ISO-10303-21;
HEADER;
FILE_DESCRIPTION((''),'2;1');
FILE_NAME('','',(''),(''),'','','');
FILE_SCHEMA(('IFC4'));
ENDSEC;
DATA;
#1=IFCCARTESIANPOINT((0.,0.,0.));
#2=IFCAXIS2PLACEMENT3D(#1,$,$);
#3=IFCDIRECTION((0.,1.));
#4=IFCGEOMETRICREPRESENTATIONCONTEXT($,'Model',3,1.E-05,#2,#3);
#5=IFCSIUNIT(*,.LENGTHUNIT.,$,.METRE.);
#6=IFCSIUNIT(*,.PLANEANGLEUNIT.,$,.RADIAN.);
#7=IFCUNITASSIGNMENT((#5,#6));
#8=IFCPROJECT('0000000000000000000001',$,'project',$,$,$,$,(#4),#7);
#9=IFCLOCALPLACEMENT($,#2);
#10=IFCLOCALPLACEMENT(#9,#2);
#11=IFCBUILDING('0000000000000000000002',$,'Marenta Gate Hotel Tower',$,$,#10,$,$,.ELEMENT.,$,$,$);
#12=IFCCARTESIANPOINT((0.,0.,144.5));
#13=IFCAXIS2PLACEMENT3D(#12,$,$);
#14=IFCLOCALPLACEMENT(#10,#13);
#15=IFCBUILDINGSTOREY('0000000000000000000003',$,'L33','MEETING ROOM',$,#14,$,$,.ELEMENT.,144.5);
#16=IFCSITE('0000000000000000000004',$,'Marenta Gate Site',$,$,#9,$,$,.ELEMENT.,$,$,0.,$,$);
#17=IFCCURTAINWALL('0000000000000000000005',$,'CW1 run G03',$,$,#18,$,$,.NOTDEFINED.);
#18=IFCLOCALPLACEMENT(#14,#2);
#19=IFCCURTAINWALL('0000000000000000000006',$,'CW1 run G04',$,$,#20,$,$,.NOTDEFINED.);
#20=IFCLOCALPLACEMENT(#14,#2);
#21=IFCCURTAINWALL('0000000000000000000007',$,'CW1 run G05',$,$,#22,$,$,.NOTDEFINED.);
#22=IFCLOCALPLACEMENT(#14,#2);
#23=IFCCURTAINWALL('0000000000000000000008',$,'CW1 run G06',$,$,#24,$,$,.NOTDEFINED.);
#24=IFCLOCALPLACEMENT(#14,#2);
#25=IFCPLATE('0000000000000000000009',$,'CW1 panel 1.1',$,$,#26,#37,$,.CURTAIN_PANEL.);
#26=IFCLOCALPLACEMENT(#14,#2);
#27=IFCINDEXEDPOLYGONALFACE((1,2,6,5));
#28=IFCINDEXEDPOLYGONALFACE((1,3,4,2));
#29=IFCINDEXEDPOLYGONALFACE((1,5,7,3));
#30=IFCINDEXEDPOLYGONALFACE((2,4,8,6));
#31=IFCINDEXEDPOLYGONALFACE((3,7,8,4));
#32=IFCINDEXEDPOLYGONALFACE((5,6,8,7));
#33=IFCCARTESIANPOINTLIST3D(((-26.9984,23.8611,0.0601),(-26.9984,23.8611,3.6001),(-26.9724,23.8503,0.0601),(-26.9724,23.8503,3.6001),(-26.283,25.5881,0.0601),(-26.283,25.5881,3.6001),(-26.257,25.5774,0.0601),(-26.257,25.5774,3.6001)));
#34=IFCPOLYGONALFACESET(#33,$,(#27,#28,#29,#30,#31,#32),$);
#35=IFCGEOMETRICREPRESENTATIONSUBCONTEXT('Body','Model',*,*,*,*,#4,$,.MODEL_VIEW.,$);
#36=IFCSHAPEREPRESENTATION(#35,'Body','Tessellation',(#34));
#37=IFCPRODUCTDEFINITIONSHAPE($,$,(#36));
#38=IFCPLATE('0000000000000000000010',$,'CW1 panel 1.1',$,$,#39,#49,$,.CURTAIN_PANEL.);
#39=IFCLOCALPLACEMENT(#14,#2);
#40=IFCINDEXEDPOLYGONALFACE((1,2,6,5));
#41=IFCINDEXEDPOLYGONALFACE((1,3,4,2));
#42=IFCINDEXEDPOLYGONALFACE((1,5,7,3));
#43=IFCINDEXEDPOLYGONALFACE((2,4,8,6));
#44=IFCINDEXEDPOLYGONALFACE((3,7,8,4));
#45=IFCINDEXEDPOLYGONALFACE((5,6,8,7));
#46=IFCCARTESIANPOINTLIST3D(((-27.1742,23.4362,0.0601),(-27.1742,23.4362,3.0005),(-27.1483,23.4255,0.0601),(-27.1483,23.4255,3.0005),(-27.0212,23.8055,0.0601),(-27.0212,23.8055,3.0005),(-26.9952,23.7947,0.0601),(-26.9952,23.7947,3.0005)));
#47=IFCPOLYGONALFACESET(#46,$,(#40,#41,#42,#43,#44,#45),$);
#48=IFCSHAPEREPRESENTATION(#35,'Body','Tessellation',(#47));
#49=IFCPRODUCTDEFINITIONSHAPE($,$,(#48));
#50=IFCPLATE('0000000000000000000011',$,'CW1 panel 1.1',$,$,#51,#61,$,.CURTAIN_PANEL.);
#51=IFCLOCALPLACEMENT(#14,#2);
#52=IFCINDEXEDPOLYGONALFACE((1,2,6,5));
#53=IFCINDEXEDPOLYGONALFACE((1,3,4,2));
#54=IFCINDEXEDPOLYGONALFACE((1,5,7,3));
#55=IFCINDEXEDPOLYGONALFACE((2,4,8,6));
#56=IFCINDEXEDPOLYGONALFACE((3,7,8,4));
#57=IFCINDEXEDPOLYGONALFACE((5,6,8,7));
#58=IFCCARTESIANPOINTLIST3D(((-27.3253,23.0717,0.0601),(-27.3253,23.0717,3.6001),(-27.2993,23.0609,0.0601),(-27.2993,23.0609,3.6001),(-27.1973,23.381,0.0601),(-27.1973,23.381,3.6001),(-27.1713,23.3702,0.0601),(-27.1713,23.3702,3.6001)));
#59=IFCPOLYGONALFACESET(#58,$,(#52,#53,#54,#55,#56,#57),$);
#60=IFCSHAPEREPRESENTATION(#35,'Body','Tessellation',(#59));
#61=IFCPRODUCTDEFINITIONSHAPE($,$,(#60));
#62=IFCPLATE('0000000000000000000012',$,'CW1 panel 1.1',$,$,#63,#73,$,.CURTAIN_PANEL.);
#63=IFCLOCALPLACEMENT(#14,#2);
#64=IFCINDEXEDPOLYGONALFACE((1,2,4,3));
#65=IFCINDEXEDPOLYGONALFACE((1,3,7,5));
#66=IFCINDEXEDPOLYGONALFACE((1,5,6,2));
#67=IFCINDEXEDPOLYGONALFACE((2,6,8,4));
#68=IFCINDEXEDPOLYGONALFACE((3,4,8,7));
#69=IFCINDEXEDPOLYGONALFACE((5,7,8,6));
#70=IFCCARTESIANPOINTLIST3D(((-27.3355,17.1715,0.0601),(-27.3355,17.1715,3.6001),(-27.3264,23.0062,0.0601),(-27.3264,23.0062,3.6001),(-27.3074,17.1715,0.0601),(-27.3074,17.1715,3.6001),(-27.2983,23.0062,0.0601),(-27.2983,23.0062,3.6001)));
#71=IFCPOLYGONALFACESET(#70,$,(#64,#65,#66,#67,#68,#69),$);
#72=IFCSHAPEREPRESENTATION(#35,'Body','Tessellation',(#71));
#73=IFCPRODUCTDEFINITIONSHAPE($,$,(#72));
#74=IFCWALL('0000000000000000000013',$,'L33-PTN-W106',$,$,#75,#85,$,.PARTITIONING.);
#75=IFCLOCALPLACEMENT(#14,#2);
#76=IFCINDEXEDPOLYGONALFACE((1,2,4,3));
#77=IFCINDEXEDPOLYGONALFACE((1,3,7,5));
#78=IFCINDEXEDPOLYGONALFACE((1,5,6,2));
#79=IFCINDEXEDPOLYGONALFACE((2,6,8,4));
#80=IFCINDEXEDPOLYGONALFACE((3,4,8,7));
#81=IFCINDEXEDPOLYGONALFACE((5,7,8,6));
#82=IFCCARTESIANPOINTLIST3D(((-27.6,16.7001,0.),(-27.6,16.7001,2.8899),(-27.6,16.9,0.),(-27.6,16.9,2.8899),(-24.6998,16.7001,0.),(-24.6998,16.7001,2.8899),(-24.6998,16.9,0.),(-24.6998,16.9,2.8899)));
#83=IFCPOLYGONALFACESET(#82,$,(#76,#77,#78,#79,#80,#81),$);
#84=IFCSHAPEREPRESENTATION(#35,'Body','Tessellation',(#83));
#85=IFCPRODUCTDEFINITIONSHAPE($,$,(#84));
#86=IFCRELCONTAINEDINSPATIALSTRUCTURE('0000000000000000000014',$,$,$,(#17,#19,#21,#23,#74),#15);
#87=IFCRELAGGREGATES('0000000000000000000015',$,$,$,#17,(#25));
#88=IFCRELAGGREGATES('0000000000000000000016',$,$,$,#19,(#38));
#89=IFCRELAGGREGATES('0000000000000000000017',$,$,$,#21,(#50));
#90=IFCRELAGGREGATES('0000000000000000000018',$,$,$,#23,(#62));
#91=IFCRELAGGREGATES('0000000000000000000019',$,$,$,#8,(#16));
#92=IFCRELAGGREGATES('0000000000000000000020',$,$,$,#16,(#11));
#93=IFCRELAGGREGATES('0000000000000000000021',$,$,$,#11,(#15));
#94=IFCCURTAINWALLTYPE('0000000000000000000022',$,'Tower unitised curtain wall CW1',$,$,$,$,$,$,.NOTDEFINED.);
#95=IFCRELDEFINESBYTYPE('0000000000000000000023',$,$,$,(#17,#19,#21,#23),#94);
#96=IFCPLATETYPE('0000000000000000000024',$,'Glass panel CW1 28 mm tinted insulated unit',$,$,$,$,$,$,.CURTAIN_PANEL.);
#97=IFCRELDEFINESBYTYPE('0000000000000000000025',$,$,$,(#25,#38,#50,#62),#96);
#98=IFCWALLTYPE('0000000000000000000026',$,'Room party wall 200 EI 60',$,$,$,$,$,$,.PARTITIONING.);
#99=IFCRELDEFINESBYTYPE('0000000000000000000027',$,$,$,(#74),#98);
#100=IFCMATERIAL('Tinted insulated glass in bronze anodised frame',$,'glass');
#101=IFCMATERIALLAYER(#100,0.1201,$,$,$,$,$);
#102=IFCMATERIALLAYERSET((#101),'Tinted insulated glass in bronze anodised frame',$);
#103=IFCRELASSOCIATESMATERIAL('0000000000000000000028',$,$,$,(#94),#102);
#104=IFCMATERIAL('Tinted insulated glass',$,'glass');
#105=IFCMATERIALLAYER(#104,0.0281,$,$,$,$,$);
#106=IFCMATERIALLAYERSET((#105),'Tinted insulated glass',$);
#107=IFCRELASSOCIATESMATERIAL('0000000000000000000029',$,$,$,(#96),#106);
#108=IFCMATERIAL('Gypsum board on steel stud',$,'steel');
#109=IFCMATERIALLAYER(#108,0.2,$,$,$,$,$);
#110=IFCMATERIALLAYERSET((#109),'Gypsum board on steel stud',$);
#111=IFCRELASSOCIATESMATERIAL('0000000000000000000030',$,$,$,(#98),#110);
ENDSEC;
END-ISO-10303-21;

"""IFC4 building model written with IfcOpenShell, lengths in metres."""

from ifc_helpers import new_model, si_unit, direction, frame, frame_2d, origin, origin_2d, place, context, subcontext, project, spatial, rectangle, extrude, material, layer, layer_set, type_object, element, aggregate, save


model = new_model("IFC4")

# Units and contexts
model_context = context("Model", 3, precision=1e-05, world=origin(), true_north=direction((0.0, 1.0)))
body_context = subcontext(model_context, "Body", "Model", "MODEL_VIEW")
ifc_project = project(units=[si_unit("LENGTHUNIT", "METRE"), si_unit("PLANEANGLEUNIT", "RADIAN")], contexts=[model_context])

# Site, building, storey
site_placement = place(None, origin())
site = spatial("IfcSite", under=ifc_project, at=site_placement, Name="Marenta Gate Site", CompositionType="ELEMENT", RefElevation=0.0)
building_placement = place(site_placement, origin())
building = spatial("IfcBuilding", under=site, at=building_placement, Name="Marenta Gate Hotel Tower", CompositionType="ELEMENT")
storey_placement = place(building_placement, frame((0.0, 0.0, 144.5)))
storey = spatial("IfcBuildingStorey", under=building, at=storey_placement, Name="L33", Description="MEETING ROOM", CompositionType="ELEMENT", Elevation=144.5)

# Shared definitions
ifc_material_1 = material(Name="Tinted insulated glass in bronze anodised frame", Category="glass")
ifc_layer_1 = layer(ifc_material_1, 0.1201)
ifc_layer_set_1 = layer_set([ifc_layer_1], Name="Tinted insulated glass in bronze anodised frame")
curtain_wall_type = type_object("IfcCurtainWallType", Name="Tower unitised curtain wall CW1", PredefinedType="NOTDEFINED", material=ifc_layer_set_1)

# Curtain walls
curtain_wall_1_placement = place(storey_placement, origin())
curtain_wall_1 = element("IfcCurtainWall", 1, at=curtain_wall_1_placement, inside=storey, type_object=curtain_wall_type, Name="CW1 run G03", PredefinedType="NOTDEFINED")
curtain_wall_2_placement = place(storey_placement, origin())
curtain_wall_2 = element("IfcCurtainWall", 2, at=curtain_wall_2_placement, inside=storey, type_object=curtain_wall_type, Name="CW1 run G04", PredefinedType="NOTDEFINED")
curtain_wall_3_placement = place(storey_placement, origin())
curtain_wall_3 = element("IfcCurtainWall", 3, at=curtain_wall_3_placement, inside=storey, type_object=curtain_wall_type, Name="CW1 run G05", PredefinedType="NOTDEFINED")

# Curtain wall
curtain_wall_4_placement = place(storey_placement, origin())
curtain_wall_4 = element("IfcCurtainWall", 4, at=curtain_wall_4_placement, inside=storey, type_object=curtain_wall_type, Name="CW1 run G06", PredefinedType="NOTDEFINED")

# Plates
ifc_material_2 = material(Name="Tinted insulated glass", Category="glass")
ifc_layer_2 = layer(ifc_material_2, 0.0281)
ifc_layer_set_2 = layer_set([ifc_layer_2], Name="Tinted insulated glass")
plate_type = type_object("IfcPlateType", Name="Glass panel CW1 28 mm tinted insulated unit", PredefinedType="CURTAIN_PANEL", material=ifc_layer_set_2)
plate_1_placement = place(storey_placement, frame((-26.6277, 24.7192, 0.0601), z_axis=(0.0, 0.0, 1.0), x_axis=(-0.382694, -0.923875, 0.0)))
plate_1 = element("IfcPlate", 5, at=plate_1_placement, type_object=plate_type, Name="CW1 panel 1.1", PredefinedType="CURTAIN_PANEL", context=body_context, shape_type="SweptSolid", body=[
    extrude(rectangle(XDim=1.8694, YDim=0.0281, at=origin_2d()), origin(), (0.0, 0.0, 1.0), 3.54),
])
aggregate(curtain_wall_1, [plate_1])
plate_2_placement = place(storey_placement, frame((-27.0847, 23.6155, 0.0601), z_axis=(0.0, 0.0, 1.0), x_axis=(-0.382838, -0.923815, 0.0)))
plate_2 = element("IfcPlate", 6, at=plate_2_placement, type_object=plate_type, Name="CW1 panel 1.1", PredefinedType="CURTAIN_PANEL", context=body_context, shape_type="SweptSolid", body=[
    extrude(rectangle(XDim=0.3997, YDim=0.0281, at=origin_2d()), origin(), (0.0, 0.0, 1.0), 2.9404),
])
aggregate(curtain_wall_2, [plate_2])
plate_3_placement = place(storey_placement, frame((-27.2483, 23.2209, 0.0601), z_axis=(0.0, 0.0, 1.0), x_axis=(-0.382456, -0.923974, 0.0)))
plate_3 = element("IfcPlate", 7, at=plate_3_placement, type_object=plate_type, Name="CW1 panel 1.1", PredefinedType="CURTAIN_PANEL", context=body_context, shape_type="SweptSolid", body=[
    extrude(rectangle(XDim=0.3347, YDim=0.0281, at=origin_2d()), origin(), (0.0, 0.0, 1.0), 3.54),
])
aggregate(curtain_wall_3, [plate_3])
plate_4_placement = place(storey_placement, frame((-27.3169, 20.0889, 0.0601), z_axis=(0.0, 0.0, 1.0), x_axis=(-0.00157, -0.999999, 0.0)))
plate_4 = element("IfcPlate", 8, at=plate_4_placement, type_object=plate_type, Name="CW1 panel 1.1", PredefinedType="CURTAIN_PANEL", context=body_context, shape_type="SweptSolid", body=[
    extrude(rectangle(XDim=5.8347, YDim=0.0281, at=origin_2d()), origin(), (0.0, 0.0, 1.0), 3.54),
])
aggregate(curtain_wall_4, [plate_4])

# Wall
ifc_material_3 = material(Name="Gypsum board on steel stud", Category="steel")
ifc_layer_3 = layer(ifc_material_3, 0.2)
ifc_layer_set_3 = layer_set([ifc_layer_3], Name="Gypsum board on steel stud")
wall_type_1 = type_object("IfcWallType", Name="Room party wall 200 EI 60", PredefinedType="PARTITIONING", material=ifc_layer_set_3)
wall_1_placement = place(storey_placement, frame((-27.6001, 16.8, 0.0), z_axis=(0.0, 0.0, 1.0), x_axis=(1.0, 0.0, 0.0)))
element("IfcWall", 9, at=wall_1_placement, inside=storey, type_object=wall_type_1, Name="L33-PTN-W106", PredefinedType="PARTITIONING", context=body_context, shape_type="SweptSolid", body=[
    extrude(rectangle(XDim=2.9001, YDim=0.2, at=frame_2d((1.4502, 0.0))), origin(), (0.0, 0.0, 1.0), 2.8899),
])

save(model, "model.ifc")
